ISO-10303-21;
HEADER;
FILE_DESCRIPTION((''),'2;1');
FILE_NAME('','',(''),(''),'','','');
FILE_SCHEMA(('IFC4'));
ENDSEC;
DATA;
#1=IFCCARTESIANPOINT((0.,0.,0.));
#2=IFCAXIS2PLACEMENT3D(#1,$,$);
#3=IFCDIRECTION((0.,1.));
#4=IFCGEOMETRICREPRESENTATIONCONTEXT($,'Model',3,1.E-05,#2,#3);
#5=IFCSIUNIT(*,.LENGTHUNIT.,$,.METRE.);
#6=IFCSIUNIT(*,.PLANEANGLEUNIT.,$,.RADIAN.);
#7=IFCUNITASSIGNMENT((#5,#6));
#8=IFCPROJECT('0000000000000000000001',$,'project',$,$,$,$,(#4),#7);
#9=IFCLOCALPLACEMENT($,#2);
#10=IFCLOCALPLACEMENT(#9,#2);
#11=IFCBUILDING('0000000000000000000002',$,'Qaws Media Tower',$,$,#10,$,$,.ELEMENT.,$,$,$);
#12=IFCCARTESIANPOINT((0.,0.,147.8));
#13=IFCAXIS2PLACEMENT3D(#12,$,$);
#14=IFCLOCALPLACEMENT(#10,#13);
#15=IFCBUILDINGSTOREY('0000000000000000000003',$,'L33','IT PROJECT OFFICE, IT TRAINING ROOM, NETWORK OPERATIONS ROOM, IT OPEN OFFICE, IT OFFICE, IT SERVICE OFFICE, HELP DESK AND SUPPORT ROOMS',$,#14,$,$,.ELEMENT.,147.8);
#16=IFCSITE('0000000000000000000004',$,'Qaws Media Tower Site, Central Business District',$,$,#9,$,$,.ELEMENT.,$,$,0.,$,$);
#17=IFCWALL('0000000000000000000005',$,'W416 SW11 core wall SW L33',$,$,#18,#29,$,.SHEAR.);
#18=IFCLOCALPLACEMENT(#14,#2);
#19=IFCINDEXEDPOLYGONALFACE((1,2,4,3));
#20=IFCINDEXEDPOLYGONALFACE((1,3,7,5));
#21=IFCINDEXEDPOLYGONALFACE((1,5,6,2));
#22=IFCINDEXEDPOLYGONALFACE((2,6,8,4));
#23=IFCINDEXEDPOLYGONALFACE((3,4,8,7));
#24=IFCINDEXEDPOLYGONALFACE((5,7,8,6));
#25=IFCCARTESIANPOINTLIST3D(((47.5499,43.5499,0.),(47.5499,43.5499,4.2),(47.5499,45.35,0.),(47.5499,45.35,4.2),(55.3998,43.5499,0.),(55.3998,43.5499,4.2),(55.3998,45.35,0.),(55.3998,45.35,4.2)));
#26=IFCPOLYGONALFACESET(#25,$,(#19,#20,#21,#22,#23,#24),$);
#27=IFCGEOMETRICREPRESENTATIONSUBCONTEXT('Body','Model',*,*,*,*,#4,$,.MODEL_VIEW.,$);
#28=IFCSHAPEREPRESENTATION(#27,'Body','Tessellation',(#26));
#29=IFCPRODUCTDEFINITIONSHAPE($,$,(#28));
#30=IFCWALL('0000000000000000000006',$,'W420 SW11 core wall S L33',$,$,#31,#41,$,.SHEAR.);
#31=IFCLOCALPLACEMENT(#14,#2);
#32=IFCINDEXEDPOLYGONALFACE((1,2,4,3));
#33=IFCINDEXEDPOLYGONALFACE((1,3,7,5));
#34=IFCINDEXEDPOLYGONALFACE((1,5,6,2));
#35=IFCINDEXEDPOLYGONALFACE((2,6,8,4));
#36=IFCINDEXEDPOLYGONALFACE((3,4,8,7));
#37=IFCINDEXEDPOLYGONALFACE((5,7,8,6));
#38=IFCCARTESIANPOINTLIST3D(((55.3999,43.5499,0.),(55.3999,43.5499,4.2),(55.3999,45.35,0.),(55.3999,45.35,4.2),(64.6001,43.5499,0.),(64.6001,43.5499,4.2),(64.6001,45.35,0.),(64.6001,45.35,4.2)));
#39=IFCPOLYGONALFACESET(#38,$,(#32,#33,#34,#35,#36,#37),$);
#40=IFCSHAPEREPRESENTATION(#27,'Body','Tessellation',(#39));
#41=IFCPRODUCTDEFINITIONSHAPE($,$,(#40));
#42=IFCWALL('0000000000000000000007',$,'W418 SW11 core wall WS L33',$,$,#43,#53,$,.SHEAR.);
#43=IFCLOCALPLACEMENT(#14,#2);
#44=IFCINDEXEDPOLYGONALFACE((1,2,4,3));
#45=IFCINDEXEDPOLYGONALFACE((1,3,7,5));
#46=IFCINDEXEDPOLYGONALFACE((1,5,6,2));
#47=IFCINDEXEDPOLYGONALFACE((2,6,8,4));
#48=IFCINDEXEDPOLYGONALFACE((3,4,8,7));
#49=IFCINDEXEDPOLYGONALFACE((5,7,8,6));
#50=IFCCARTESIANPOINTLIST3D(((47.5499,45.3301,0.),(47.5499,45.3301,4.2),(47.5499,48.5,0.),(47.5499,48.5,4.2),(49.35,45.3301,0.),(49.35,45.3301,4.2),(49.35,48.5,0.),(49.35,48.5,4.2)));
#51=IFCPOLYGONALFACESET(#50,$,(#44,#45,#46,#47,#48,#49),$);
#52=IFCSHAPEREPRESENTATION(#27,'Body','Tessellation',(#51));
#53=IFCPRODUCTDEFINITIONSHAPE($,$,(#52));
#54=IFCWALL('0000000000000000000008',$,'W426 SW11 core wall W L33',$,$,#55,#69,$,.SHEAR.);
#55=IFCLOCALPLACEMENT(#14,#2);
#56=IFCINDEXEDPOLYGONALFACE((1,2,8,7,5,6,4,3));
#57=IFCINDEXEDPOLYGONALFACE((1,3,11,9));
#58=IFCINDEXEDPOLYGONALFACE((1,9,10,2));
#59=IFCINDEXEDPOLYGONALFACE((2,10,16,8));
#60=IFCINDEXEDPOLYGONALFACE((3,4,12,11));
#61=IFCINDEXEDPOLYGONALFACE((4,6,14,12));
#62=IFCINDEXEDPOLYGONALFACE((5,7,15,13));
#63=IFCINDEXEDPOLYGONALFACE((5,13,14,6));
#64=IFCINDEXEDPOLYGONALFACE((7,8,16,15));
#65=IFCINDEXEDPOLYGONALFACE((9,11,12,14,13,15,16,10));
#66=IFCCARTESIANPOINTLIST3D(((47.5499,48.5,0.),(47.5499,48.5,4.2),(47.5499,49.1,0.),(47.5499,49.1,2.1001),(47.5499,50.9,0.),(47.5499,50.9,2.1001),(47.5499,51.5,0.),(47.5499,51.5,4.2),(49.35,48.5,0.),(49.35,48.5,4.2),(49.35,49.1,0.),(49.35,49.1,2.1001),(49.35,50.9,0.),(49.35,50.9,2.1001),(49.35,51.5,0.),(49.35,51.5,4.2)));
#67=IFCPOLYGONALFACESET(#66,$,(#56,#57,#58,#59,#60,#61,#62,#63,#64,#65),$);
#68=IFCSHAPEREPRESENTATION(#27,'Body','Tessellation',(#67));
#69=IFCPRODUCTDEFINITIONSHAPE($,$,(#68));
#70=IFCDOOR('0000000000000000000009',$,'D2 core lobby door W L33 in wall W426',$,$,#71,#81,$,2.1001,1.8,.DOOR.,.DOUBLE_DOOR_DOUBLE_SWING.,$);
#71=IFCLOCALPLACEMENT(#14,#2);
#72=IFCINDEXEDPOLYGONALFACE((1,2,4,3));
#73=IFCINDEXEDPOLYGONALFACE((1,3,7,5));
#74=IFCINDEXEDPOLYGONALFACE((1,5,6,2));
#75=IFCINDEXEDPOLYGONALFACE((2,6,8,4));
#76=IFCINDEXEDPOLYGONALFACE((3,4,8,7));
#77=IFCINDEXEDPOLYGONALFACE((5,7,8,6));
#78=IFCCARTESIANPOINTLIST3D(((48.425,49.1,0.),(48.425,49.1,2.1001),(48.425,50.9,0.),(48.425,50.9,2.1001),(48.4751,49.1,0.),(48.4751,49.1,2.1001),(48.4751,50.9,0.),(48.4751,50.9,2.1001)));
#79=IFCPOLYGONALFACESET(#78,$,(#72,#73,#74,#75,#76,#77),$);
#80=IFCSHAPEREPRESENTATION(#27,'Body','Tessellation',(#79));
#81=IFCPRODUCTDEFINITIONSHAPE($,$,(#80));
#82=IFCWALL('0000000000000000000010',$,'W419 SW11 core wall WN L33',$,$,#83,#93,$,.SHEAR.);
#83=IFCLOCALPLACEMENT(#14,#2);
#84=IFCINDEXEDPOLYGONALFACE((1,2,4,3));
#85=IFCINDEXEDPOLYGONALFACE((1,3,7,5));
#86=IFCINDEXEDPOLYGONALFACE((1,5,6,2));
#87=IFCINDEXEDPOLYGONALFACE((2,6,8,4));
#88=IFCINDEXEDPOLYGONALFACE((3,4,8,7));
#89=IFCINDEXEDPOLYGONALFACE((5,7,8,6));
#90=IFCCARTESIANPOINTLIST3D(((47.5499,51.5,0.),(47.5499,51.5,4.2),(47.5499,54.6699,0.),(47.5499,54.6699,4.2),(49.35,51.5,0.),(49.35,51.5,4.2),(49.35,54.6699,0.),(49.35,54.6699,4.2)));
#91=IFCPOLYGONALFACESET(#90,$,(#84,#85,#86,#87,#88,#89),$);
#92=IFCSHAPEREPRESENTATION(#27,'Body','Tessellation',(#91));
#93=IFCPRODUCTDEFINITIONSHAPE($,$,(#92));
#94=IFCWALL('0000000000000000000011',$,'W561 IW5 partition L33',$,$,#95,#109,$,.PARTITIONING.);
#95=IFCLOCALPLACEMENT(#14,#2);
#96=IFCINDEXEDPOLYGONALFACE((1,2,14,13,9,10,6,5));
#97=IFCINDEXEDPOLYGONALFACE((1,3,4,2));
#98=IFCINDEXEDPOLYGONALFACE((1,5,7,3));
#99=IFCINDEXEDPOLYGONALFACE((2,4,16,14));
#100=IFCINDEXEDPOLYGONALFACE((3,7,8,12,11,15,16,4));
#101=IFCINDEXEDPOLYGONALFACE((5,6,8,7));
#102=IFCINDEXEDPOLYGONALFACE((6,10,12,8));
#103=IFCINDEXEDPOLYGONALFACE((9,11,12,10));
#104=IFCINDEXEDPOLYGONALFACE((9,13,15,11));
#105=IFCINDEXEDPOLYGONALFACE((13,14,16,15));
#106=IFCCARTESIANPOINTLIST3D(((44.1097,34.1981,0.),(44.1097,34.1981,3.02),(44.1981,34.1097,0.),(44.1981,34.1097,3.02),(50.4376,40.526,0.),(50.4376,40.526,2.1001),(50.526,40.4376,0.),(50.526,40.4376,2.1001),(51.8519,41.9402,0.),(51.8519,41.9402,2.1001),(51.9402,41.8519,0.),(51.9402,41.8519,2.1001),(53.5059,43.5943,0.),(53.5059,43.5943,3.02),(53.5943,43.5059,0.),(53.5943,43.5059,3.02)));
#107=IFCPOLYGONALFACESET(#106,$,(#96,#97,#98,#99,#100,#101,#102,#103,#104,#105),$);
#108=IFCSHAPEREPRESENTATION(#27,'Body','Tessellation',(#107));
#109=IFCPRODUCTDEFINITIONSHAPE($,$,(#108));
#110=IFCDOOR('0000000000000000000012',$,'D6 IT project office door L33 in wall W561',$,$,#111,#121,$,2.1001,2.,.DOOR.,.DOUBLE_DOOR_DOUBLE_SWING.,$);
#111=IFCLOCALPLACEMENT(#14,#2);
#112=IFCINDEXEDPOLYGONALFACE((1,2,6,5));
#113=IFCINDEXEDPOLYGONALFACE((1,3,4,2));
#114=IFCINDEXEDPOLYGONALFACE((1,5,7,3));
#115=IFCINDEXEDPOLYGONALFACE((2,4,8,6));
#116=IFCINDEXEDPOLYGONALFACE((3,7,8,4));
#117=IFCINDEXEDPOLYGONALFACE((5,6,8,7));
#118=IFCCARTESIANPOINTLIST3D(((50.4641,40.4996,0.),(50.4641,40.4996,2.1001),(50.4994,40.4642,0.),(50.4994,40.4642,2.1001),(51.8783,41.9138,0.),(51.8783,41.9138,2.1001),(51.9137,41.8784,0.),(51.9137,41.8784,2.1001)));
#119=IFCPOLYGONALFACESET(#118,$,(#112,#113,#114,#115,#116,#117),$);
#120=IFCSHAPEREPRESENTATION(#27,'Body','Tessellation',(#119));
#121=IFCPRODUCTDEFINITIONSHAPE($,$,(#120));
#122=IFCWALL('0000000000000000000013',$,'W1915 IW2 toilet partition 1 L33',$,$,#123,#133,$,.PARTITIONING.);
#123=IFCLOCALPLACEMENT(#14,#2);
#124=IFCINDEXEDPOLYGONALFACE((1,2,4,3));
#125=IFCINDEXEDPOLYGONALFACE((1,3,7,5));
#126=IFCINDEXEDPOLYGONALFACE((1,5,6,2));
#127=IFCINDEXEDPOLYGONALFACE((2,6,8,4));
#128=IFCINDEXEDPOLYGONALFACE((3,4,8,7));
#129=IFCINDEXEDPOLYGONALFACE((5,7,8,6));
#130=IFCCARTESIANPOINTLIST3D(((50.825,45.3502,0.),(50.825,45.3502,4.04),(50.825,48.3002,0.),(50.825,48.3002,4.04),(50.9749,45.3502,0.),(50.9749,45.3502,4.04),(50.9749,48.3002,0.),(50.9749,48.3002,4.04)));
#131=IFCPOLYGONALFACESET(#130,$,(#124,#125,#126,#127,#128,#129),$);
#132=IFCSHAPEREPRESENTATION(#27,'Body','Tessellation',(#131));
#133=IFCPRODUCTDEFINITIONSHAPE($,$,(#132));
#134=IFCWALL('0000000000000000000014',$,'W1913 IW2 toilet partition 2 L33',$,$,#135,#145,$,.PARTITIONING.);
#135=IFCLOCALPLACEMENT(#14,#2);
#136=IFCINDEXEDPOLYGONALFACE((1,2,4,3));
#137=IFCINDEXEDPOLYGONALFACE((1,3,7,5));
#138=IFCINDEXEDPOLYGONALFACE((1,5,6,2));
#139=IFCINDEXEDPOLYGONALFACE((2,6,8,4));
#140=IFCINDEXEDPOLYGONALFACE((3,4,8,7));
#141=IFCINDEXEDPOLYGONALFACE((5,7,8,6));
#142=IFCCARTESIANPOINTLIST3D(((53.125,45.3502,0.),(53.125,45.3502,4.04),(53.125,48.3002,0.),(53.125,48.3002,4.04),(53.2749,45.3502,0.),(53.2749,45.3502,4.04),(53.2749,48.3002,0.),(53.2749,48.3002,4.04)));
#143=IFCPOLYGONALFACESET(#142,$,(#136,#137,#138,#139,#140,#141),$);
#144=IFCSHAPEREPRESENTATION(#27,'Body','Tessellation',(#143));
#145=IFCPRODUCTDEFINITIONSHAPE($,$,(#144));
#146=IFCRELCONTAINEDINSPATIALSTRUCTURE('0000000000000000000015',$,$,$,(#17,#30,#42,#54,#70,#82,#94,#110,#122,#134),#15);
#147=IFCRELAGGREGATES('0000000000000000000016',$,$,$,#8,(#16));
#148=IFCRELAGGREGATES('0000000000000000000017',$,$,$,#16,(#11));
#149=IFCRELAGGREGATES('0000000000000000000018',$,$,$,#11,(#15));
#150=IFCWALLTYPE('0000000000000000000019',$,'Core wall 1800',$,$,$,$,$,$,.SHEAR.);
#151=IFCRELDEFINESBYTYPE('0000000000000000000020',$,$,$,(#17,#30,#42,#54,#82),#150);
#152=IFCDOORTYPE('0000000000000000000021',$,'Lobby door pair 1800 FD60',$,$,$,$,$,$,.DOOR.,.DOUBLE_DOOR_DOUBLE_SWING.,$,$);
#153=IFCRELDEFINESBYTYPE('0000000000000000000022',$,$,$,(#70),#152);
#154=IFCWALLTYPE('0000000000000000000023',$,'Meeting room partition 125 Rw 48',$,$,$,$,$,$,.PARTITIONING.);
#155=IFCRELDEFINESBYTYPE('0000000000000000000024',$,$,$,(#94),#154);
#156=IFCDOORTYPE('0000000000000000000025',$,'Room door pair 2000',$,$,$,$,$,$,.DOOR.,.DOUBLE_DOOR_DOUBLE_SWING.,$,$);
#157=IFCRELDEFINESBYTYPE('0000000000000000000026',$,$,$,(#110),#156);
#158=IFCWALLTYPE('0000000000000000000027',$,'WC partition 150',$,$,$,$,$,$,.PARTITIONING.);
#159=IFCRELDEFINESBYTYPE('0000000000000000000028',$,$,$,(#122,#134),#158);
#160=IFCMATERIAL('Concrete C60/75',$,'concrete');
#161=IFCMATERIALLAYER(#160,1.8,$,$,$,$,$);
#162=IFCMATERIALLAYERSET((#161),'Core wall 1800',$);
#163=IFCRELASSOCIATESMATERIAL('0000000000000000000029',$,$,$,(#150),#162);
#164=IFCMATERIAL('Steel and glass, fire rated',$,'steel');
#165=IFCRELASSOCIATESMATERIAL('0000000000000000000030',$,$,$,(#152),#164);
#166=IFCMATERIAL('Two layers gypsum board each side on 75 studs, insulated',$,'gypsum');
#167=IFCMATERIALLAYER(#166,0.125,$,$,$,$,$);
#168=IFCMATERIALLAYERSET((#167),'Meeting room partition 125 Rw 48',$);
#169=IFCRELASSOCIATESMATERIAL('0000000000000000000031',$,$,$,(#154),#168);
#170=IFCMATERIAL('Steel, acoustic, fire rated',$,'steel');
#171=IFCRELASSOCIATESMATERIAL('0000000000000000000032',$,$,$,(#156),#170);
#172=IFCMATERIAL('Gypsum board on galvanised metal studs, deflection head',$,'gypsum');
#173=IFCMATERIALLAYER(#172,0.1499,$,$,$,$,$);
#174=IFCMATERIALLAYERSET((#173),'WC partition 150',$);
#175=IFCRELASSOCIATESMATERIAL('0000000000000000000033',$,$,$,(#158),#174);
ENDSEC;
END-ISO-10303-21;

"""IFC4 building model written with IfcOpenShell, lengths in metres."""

from ifc_helpers import new_model, si_unit, direction, frame, frame_2d, origin, place, context, subcontext, project, spatial, rectangle, extrude, material, layer, layer_set, type_object, element, fill, save


model = new_model("IFC4")

# Units and contexts
model_context = context("Model", 3, precision=1e-05, world=origin(), true_north=direction((0.0, 1.0)))
body_context = subcontext(model_context, "Body", "Model", "MODEL_VIEW")
ifc_project = project(units=[si_unit("LENGTHUNIT", "METRE"), si_unit("PLANEANGLEUNIT", "RADIAN")], contexts=[model_context])

# Site, building, storey
site_placement = place(None, origin())
site = spatial("IfcSite", under=ifc_project, at=site_placement, Name="Qaws Media Tower Site, Central Business District", CompositionType="ELEMENT", RefElevation=0.0)
building_placement = place(site_placement, origin())
building = spatial("IfcBuilding", under=site, at=building_placement, Name="Qaws Media Tower", CompositionType="ELEMENT")
storey_placement = place(building_placement, frame((0.0, 0.0, 147.8)))
storey = spatial("IfcBuildingStorey", under=building, at=storey_placement, Name="L33", Description="IT PROJECT OFFICE, IT TRAINING ROOM, NETWORK OPERATIONS ROOM, IT OPEN OFFICE, IT OFFICE, IT SERVICE OFFICE, HELP DESK AND SUPPORT ROOMS", CompositionType="ELEMENT", Elevation=147.8)

# Walls
ifc_material_1 = material(Name="Concrete C60/75", Category="concrete")
ifc_layer_1 = layer(ifc_material_1, 1.8)
ifc_layer_set_1 = layer_set([ifc_layer_1], Name="Core wall 1800")
wall_type_1 = type_object("IfcWallType", Name="Core wall 1800", PredefinedType="SHEAR", material=ifc_layer_set_1)
wall_1_placement = place(storey_placement, frame((47.55, 44.45, 0.0), z_axis=(0.0, 0.0, 1.0), x_axis=(1.0, 0.0, 0.0)))
element("IfcWall", 1, at=wall_1_placement, inside=storey, type_object=wall_type_1, Name="W416 SW11 core wall SW L33", PredefinedType="SHEAR", context=body_context, shape_type="SweptSolid", body=[
    extrude(rectangle(XDim=7.8499, YDim=1.8, at=frame_2d((3.9248, 0.0))), origin(), (0.0, 0.0, 1.0), 4.2),
])
wall_2_placement = place(storey_placement, frame((55.3999, 44.45, 0.0), z_axis=(0.0, 0.0, 1.0), x_axis=(1.0, 0.0, 0.0)))
element("IfcWall", 2, at=wall_2_placement, inside=storey, type_object=wall_type_1, Name="W420 SW11 core wall S L33", PredefinedType="SHEAR", context=body_context, shape_type="SweptSolid", body=[
    extrude(rectangle(XDim=9.2002, YDim=1.8, at=frame_2d((4.6001, 0.0))), origin(), (0.0, 0.0, 1.0), 4.2),
])
wall_3_placement = place(storey_placement, frame((48.45, 45.3301, 0.0), z_axis=(0.0, 0.0, 1.0), x_axis=(0.0, 1.0, 0.0)))
element("IfcWall", 3, at=wall_3_placement, inside=storey, type_object=wall_type_1, Name="W418 SW11 core wall WS L33", PredefinedType="SHEAR", context=body_context, shape_type="SweptSolid", body=[
    extrude(rectangle(XDim=3.1699, YDim=1.8, at=frame_2d((1.585, 0.0))), origin(), (0.0, 0.0, 1.0), 4.2),
])

# Wall, opening, door
wall_4_placement = place(storey_placement, frame((48.45, 48.5, 0.0), z_axis=(0.0, 0.0, 1.0), x_axis=(0.0, 1.0, 0.0)))
wall_4 = element("IfcWall", 4, at=wall_4_placement, inside=storey, type_object=wall_type_1, Name="W426 SW11 core wall W L33", PredefinedType="SHEAR", context=body_context, shape_type="SweptSolid", body=[
    extrude(rectangle(XDim=3.0, YDim=1.8, at=frame_2d((1.5, 0.0))), origin(), (0.0, 0.0, 1.0), 4.2),
])
opening_1_placement = place(wall_4_placement, frame((0.6001, 0.0, 0.0)))
opening_1 = element("IfcOpeningElement", 5, at=opening_1_placement, cuts=wall_4, PredefinedType="OPENING", context=body_context, shape_type="SweptSolid", body=[
    extrude(rectangle(XDim=1.8, YDim=2.1001, at=frame_2d((0.8999, 1.05))), frame((0.0, 0.9099, 0.0), z_axis=(0.0, -1.0, 0.0), x_axis=(1.0, 0.0, 0.0)), (0.0, 0.0, 1.0), 1.8201),
])
ifc_material_2 = material(Name="Steel and glass, fire rated", Category="steel")
door_type_1 = type_object("IfcDoorType", Name="Lobby door pair 1800 FD60", OperationType="DOUBLE_DOOR_DOUBLE_SWING", PredefinedType="DOOR", material=ifc_material_2)
door_1_placement = place(opening_1_placement, origin())
door_1 = element("IfcDoor", 6, at=door_1_placement, inside=storey, type_object=door_type_1, Name="D2 core lobby door W L33 in wall W426", OperationType="DOUBLE_DOOR_DOUBLE_SWING", OverallHeight=2.1001, OverallWidth=1.8, PredefinedType="DOOR", context=body_context, shape_type="SweptSolid", body=[
    extrude(rectangle(XDim=1.8, YDim=2.1001, at=frame_2d((0.8999, 1.05))), frame((0.0, 0.0249, 0.0), z_axis=(0.0, -1.0, 0.0), x_axis=(1.0, 0.0, 0.0)), (0.0, 0.0, 1.0), 0.05),
])
fill(opening_1, door_1)

# Wall
wall_5_placement = place(storey_placement, frame((48.45, 51.5, 0.0), z_axis=(0.0, 0.0, 1.0), x_axis=(0.0, 1.0, 0.0)))
element("IfcWall", 7, at=wall_5_placement, inside=storey, type_object=wall_type_1, Name="W419 SW11 core wall WN L33", PredefinedType="SHEAR", context=body_context, shape_type="SweptSolid", body=[
    extrude(rectangle(XDim=3.1699, YDim=1.8, at=frame_2d((1.585, 0.0))), origin(), (0.0, 0.0, 1.0), 4.2),
])

# Wall, opening, door
ifc_material_3 = material(Name="Two layers gypsum board each side on 75 studs, insulated", Category="gypsum")
ifc_layer_2 = layer(ifc_material_3, 0.125)
ifc_layer_set_2 = layer_set([ifc_layer_2], Name="Meeting room partition 125 Rw 48")
wall_type_2 = type_object("IfcWallType", Name="Meeting room partition 125 Rw 48", PredefinedType="PARTITIONING", material=ifc_layer_set_2)
wall_6_placement = place(storey_placement, frame((53.55, 43.55, 0.0), z_axis=(0.0, 0.0, 1.0), x_axis=(-0.707107, -0.707107, 0.0)))
wall_6 = element("IfcWall", 8, at=wall_6_placement, inside=storey, type_object=wall_type_2, Name="W561 IW5 partition L33", PredefinedType="PARTITIONING", context=body_context, shape_type="SweptSolid", body=[
    extrude(rectangle(XDim=13.2883, YDim=0.125, at=frame_2d((6.644, 0.0))), origin(), (0.0, 0.0, 1.0), 3.02),
])
opening_2_placement = place(wall_6_placement, frame((2.3391, 0.0, 0.0)))
opening_2 = element("IfcOpeningElement", 9, at=opening_2_placement, cuts=wall_6, PredefinedType="OPENING", context=body_context, shape_type="SweptSolid", body=[
    extrude(rectangle(XDim=2.0, YDim=2.1001, at=frame_2d((1.0, 1.05))), frame((0.0, 0.0725, 0.0), z_axis=(0.0, -1.0, 0.0), x_axis=(1.0, 0.0, 0.0)), (0.0, 0.0, 1.0), 0.145),
])
ifc_material_4 = material(Name="Steel, acoustic, fire rated", Category="steel")
door_type_2 = type_object("IfcDoorType", Name="Room door pair 2000", OperationType="DOUBLE_DOOR_DOUBLE_SWING", PredefinedType="DOOR", material=ifc_material_4)
door_2_placement = place(opening_2_placement, origin())
door_2 = element("IfcDoor", 10, at=door_2_placement, inside=storey, type_object=door_type_2, Name="D6 IT project office door L33 in wall W561", OperationType="DOUBLE_DOOR_DOUBLE_SWING", OverallHeight=2.1001, OverallWidth=2.0, PredefinedType="DOOR", context=body_context, shape_type="SweptSolid", body=[
    extrude(rectangle(XDim=2.0, YDim=2.1001, at=frame_2d((1.0, 1.05))), frame((0.0, 0.0249, 0.0), z_axis=(0.0, -1.0, 0.0), x_axis=(1.0, 0.0, 0.0)), (0.0, 0.0, 1.0), 0.05),
])
fill(opening_2, door_2)

# Walls
ifc_material_5 = material(Name="Gypsum board on galvanised metal studs, deflection head", Category="gypsum")
ifc_layer_3 = layer(ifc_material_5, 0.1499)
ifc_layer_set_3 = layer_set([ifc_layer_3], Name="WC partition 150")
wall_type_3 = type_object("IfcWallType", Name="WC partition 150", PredefinedType="PARTITIONING", material=ifc_layer_set_3)
for number, where, z_axis, x_axis, name in (
    (11, (50.8999, 45.3501, 0.0), (0.0, 0.0, 1.0), (0.0, 1.0, 0.0), "W1915 IW2 toilet partition 1 L33"),
    (12, (53.2, 45.3501, 0.0), (0.0, 0.0, 1.0), (0.0, 1.0, 0.0), "W1913 IW2 toilet partition 2 L33"),
):
    element("IfcWall", number, at=place(storey_placement, frame(where, z_axis=z_axis, x_axis=x_axis)), inside=storey, type_object=wall_type_3, Name=name, PredefinedType="PARTITIONING", context=body_context, shape_type="SweptSolid", body=[
        extrude(rectangle(XDim=2.95, YDim=0.1499, at=frame_2d((1.4751, 0.0))), origin(), (0.0, 0.0, 1.0), 4.04),
    ])

save(model, "model.ifc")
